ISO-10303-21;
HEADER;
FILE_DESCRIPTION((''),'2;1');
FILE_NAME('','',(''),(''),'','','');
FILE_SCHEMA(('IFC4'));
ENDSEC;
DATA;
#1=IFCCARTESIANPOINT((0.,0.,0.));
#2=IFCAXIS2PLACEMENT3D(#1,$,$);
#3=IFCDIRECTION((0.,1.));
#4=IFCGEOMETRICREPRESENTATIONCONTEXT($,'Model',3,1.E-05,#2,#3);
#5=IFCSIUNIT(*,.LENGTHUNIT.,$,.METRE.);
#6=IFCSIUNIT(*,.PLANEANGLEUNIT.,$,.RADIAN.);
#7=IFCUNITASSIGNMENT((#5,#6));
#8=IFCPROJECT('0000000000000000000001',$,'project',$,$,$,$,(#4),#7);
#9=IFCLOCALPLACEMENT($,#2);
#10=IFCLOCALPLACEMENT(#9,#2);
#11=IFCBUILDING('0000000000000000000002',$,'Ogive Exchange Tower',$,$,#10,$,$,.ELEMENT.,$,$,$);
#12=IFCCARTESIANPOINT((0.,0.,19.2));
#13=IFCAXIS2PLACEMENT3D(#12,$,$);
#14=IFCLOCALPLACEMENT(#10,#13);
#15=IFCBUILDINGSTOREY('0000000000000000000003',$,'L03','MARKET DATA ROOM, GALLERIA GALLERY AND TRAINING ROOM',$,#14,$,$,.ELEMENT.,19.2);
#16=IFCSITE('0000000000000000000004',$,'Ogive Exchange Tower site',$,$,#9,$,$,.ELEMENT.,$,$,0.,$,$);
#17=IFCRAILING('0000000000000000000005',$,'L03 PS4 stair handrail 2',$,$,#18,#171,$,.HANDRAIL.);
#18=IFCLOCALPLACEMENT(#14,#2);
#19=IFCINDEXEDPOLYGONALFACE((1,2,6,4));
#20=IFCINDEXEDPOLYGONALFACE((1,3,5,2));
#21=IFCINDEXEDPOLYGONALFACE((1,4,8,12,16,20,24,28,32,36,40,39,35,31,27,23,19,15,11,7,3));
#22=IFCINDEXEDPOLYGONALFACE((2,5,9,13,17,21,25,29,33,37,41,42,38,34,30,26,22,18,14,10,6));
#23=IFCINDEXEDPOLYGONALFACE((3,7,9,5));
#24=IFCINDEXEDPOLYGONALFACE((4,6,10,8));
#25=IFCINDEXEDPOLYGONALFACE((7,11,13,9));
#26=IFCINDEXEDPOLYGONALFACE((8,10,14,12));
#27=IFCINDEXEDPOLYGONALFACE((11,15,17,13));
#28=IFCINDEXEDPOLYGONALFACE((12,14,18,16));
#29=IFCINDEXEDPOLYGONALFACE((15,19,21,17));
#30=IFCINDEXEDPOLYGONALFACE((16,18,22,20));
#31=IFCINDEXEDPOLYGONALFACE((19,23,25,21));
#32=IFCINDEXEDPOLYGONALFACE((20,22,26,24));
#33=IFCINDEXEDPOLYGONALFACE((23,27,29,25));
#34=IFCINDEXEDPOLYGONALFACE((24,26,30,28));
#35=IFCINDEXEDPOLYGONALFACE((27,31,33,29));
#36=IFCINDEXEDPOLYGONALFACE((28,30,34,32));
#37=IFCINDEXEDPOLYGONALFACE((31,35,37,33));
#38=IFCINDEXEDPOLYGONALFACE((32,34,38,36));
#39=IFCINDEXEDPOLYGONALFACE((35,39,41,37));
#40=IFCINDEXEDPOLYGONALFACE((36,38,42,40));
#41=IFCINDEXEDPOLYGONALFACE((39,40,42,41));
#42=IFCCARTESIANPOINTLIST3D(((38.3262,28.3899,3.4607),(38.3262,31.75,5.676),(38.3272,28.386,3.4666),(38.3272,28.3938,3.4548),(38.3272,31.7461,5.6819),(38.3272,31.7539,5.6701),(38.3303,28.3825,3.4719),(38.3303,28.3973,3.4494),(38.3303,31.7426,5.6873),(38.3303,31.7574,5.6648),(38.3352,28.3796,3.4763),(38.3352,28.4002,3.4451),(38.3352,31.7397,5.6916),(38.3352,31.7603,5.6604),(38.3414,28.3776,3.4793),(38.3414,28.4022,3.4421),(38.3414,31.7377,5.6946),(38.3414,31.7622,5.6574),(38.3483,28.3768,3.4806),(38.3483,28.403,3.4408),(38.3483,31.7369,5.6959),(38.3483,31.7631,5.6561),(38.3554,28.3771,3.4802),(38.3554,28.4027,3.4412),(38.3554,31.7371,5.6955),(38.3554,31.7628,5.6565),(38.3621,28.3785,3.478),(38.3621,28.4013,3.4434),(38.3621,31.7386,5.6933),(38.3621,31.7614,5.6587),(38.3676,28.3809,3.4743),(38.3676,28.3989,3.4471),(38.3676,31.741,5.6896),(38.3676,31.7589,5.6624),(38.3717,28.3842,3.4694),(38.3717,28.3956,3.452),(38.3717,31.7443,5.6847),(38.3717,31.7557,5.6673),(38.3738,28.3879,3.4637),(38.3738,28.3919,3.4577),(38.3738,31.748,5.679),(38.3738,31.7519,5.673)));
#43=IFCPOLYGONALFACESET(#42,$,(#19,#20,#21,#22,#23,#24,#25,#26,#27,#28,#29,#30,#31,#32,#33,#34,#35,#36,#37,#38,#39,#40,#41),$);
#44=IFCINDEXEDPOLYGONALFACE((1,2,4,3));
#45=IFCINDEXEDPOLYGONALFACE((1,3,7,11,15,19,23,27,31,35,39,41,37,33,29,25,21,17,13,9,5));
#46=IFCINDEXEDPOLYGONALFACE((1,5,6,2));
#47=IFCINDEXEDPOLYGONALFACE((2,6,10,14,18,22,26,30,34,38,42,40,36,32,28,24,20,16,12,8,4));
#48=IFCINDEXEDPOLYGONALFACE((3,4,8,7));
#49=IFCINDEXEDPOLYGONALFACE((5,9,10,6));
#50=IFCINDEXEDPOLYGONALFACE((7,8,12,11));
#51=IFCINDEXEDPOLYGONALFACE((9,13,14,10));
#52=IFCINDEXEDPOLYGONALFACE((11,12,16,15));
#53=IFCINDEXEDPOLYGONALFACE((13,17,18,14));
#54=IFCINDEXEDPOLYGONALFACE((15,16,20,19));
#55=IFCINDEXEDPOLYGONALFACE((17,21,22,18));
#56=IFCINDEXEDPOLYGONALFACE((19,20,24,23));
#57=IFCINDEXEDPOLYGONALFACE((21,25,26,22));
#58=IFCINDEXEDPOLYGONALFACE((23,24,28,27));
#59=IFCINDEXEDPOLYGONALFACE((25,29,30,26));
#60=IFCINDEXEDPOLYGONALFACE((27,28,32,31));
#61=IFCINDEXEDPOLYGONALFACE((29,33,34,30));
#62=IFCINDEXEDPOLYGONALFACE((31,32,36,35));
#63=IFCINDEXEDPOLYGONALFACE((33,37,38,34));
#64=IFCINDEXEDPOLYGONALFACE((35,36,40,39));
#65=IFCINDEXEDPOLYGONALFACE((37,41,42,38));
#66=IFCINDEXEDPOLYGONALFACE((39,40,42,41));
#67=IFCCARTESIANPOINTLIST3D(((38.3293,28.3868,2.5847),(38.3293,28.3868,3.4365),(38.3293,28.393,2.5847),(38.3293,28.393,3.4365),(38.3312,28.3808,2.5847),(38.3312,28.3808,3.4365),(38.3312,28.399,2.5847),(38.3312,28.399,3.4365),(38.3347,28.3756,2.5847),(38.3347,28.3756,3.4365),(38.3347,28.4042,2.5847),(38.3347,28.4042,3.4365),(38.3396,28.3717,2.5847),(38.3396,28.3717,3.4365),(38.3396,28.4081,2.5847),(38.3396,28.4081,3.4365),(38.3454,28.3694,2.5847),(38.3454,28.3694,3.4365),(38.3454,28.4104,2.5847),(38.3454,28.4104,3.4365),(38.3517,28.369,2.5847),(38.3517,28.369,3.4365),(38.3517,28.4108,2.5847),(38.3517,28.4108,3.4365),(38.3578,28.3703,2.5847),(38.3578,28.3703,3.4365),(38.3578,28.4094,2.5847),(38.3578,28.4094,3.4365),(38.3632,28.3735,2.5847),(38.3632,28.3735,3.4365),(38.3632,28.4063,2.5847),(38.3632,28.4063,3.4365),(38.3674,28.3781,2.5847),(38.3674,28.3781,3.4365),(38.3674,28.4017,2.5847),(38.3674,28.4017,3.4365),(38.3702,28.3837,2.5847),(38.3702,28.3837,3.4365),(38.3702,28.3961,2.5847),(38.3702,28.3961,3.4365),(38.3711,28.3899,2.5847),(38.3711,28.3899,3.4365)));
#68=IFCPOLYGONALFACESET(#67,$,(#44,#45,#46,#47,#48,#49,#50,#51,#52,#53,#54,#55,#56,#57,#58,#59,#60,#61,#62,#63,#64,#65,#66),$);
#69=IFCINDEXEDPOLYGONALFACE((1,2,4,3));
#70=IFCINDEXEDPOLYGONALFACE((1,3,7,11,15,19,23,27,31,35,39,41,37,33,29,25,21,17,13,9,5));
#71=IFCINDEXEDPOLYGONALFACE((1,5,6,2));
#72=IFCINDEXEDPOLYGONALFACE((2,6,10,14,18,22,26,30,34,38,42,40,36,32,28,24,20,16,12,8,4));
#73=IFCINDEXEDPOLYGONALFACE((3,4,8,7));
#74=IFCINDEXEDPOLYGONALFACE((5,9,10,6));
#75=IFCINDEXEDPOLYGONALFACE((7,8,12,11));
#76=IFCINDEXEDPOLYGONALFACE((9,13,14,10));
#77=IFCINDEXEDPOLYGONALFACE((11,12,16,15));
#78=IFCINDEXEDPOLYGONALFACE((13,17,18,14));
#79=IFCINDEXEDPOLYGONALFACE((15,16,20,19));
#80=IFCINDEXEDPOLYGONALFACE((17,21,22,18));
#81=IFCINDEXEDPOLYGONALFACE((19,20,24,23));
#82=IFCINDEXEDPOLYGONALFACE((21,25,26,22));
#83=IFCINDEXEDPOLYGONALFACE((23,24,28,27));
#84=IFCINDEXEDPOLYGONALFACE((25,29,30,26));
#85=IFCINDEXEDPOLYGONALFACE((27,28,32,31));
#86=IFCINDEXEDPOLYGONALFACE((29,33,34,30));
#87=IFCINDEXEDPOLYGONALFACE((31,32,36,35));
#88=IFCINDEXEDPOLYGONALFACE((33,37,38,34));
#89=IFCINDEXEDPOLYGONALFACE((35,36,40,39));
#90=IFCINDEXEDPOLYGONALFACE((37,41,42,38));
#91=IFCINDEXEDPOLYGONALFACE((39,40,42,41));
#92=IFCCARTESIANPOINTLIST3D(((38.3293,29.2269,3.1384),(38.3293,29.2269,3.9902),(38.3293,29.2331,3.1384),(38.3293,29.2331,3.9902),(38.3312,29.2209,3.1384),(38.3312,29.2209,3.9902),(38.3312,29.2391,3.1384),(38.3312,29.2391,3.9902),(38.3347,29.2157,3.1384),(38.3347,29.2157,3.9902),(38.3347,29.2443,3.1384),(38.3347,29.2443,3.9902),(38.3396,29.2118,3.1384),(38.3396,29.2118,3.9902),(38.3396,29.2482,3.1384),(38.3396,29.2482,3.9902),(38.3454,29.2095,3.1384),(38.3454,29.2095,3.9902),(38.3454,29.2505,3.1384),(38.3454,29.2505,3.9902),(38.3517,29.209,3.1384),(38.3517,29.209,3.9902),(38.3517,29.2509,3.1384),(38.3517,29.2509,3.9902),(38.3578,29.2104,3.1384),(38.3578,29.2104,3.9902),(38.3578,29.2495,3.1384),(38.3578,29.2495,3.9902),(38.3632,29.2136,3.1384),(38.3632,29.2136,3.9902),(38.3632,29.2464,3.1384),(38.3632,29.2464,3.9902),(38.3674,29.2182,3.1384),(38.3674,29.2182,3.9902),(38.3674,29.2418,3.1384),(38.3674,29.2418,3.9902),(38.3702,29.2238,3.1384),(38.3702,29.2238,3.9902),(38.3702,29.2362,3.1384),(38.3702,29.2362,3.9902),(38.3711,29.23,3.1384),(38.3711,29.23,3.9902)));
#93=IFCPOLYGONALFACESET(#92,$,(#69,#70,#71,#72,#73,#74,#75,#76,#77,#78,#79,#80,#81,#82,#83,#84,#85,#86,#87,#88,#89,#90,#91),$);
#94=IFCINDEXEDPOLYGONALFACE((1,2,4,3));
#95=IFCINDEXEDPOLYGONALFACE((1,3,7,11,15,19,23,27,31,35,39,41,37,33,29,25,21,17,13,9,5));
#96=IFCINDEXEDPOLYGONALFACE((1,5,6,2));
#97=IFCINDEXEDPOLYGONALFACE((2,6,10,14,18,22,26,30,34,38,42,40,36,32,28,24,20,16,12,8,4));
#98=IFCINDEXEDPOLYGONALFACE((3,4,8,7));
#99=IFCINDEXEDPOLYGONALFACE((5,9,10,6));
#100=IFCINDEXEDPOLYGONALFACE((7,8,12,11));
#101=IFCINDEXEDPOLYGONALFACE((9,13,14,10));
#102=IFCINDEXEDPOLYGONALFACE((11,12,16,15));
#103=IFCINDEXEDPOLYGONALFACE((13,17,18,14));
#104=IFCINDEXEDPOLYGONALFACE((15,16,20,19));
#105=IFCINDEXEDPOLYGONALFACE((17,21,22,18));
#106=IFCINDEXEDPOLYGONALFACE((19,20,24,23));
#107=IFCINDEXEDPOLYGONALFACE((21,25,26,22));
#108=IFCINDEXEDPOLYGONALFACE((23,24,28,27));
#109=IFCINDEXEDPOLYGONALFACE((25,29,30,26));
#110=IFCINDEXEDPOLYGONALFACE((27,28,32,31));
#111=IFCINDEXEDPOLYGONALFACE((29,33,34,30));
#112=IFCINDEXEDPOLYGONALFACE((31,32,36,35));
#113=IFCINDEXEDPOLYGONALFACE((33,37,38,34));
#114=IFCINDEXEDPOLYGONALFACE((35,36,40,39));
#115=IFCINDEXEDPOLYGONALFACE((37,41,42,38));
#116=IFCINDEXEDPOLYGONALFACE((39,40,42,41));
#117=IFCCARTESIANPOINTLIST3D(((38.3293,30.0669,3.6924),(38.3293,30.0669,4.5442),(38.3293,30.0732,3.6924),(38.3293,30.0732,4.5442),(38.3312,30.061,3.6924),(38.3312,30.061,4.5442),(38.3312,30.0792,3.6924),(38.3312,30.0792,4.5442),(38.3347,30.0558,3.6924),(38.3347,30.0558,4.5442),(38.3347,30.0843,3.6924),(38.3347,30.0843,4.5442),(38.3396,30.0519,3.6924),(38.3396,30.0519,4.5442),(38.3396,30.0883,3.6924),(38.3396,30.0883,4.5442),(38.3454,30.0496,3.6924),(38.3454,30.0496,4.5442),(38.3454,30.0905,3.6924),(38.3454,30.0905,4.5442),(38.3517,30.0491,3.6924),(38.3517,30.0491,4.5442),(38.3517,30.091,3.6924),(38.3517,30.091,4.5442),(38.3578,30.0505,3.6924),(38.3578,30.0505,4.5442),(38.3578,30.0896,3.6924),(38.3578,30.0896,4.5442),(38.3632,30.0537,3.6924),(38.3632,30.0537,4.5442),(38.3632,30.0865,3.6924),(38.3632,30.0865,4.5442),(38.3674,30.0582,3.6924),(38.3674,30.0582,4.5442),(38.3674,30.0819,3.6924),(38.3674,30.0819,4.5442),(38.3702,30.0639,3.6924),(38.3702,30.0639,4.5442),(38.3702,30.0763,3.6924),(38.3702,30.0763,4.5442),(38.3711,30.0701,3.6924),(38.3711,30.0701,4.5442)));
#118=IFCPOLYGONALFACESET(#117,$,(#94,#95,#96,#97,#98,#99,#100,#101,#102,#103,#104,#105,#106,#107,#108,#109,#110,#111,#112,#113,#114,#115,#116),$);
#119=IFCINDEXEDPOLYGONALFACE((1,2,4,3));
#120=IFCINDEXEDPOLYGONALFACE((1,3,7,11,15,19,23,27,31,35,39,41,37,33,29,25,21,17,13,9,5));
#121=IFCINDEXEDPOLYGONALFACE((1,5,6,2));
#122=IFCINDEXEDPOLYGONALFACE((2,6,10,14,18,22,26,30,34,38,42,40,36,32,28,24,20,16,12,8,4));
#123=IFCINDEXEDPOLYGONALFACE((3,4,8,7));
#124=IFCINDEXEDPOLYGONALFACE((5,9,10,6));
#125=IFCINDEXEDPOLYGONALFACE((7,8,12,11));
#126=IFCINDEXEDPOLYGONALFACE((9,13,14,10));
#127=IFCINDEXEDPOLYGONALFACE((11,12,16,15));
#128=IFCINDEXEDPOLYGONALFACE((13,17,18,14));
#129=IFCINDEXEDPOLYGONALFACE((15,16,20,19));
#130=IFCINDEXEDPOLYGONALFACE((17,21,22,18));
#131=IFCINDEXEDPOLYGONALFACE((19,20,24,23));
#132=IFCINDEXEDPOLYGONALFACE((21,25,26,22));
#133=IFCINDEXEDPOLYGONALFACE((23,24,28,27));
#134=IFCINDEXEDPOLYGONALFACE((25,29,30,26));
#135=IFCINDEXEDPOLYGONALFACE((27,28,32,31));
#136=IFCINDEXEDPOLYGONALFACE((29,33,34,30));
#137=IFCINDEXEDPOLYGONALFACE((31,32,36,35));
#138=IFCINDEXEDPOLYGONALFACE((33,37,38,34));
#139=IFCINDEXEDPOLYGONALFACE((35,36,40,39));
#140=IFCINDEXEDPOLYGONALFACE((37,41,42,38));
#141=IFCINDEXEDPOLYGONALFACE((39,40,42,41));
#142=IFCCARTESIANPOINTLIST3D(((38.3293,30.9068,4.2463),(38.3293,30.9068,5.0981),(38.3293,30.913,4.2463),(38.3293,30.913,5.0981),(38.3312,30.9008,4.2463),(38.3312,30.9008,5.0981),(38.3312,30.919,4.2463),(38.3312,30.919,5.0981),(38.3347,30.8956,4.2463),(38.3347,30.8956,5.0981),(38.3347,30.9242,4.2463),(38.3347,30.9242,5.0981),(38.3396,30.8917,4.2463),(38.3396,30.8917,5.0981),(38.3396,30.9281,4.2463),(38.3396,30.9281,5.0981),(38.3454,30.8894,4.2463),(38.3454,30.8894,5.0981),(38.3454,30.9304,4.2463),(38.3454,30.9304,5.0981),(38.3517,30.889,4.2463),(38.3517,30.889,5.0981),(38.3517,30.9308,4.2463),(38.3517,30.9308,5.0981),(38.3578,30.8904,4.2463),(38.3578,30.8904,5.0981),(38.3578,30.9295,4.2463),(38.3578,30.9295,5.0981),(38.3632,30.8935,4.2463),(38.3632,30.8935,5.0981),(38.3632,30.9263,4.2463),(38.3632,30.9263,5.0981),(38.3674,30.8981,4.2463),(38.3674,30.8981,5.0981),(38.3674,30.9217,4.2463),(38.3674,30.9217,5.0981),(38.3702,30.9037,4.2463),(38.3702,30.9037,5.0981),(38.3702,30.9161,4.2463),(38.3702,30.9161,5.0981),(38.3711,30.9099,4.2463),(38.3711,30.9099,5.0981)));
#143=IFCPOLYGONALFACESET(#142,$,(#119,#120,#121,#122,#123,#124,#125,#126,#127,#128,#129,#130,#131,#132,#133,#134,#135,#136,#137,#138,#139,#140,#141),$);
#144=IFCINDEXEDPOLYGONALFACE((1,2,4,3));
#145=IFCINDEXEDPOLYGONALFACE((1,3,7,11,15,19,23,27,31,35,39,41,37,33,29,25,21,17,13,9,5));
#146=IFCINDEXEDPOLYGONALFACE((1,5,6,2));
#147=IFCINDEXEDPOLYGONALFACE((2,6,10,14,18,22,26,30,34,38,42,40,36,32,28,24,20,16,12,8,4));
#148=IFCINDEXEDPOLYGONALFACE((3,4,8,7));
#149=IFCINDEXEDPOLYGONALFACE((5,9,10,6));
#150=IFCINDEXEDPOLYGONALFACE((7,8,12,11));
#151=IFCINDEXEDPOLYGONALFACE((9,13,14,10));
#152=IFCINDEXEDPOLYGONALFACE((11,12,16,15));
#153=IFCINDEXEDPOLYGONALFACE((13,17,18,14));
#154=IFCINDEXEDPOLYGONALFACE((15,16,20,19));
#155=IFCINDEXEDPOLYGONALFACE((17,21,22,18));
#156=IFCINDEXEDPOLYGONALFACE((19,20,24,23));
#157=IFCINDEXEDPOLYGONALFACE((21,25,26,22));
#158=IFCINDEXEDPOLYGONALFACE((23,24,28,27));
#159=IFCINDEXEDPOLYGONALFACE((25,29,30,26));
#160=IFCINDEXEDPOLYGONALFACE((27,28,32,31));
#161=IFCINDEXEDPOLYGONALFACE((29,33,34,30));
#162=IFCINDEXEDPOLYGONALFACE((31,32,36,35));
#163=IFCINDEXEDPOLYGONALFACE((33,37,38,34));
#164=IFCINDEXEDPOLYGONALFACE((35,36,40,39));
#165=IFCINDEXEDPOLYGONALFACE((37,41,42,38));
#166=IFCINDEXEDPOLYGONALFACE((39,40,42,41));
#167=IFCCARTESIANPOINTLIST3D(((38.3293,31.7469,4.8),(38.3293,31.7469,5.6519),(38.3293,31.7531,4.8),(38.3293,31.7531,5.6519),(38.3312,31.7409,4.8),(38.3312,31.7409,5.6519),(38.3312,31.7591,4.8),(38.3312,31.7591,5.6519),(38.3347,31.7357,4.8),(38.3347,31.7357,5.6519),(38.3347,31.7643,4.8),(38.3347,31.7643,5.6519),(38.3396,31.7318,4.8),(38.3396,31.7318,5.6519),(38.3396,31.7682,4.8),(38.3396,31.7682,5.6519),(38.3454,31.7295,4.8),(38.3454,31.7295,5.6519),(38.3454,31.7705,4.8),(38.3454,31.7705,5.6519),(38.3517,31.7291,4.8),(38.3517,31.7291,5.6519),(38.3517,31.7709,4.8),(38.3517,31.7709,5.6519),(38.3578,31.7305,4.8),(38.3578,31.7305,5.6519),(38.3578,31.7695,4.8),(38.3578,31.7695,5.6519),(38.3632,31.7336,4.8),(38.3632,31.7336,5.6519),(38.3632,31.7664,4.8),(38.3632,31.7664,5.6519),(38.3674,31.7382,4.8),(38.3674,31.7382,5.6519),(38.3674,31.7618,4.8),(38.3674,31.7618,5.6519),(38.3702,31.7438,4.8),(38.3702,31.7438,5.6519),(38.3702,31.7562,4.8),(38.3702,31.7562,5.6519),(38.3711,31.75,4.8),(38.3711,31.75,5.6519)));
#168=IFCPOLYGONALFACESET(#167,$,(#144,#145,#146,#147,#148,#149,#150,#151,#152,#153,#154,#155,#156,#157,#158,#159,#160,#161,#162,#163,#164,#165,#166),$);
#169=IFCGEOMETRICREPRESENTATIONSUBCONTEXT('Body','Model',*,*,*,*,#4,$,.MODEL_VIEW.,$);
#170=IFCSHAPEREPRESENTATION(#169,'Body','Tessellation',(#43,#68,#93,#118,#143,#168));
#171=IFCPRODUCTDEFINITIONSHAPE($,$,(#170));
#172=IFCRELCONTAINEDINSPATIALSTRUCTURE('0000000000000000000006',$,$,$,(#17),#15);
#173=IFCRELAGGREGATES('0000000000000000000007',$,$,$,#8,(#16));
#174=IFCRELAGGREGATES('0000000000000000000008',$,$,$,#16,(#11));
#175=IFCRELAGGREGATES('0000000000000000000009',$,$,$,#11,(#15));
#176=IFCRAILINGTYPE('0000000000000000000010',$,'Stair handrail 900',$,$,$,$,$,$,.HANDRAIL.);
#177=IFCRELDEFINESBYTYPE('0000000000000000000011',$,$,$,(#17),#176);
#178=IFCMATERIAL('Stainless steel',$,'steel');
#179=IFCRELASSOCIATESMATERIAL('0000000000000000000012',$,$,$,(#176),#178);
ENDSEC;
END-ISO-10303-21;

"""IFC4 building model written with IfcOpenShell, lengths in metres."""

from ifc_helpers import new_model, si_unit, direction, frame, origin, origin_2d, place, context, subcontext, project, spatial, circle, extrude, material, type_object, element, save


model = new_model("IFC4")

# Units and contexts
model_context = context("Model", 3, precision=1e-05, world=origin(), true_north=direction((0.0, 1.0)))
body_context = subcontext(model_context, "Body", "Model", "MODEL_VIEW")
ifc_project = project(units=[si_unit("LENGTHUNIT", "METRE"), si_unit("PLANEANGLEUNIT", "RADIAN")], contexts=[model_context])

# Site, building, storey
site_placement = place(None, origin())
site = spatial("IfcSite", under=ifc_project, at=site_placement, Name="Ogive Exchange Tower site", CompositionType="ELEMENT", RefElevation=0.0)
building_placement = place(site_placement, origin())
building = spatial("IfcBuilding", under=site, at=building_placement, Name="Ogive Exchange Tower", CompositionType="ELEMENT")
storey_placement = place(building_placement, frame((0.0, 0.0, 19.2)))
storey = spatial("IfcBuildingStorey", under=building, at=storey_placement, Name="L03", Description="MARKET DATA ROOM, GALLERIA GALLERY AND TRAINING ROOM", CompositionType="ELEMENT", Elevation=19.2)

# Railing
ifc_material_1 = material(Name="Stainless steel", Category="steel")
railing_type = type_object("IfcRailingType", Name="Stair handrail 900", PredefinedType="HANDRAIL", material=ifc_material_1)
railing_1_placement = place(storey_placement, frame((38.3501, 28.3899, 2.5847)))
element("IfcRailing", 1, at=railing_1_placement, inside=storey, type_object=railing_type, Name="L03 PS4 stair handrail 2", PredefinedType="HANDRAIL", context=body_context, shape_type="SweptSolid", body=[
    extrude(circle(Radius=0.0239, at=origin_2d()), frame((0.0, 0.0, 0.876), z_axis=(0.0, 0.834876, 0.550437), x_axis=(-1.0, 0.0, 0.0)), (0.0, 0.0, 1.0), 4.0247),
    extrude(circle(Radius=0.021, at=origin_2d()), origin(), (0.0, 0.0, 1.0), 0.8518),
    extrude(circle(Radius=0.021, at=origin_2d()), frame((0.0, 0.8401, 0.5537)), (0.0, 0.0, 1.0), 0.8518),
    extrude(circle(Radius=0.021, at=origin_2d()), frame((0.0, 1.6802, 1.1077)), (0.0, 0.0, 1.0), 0.8518),
    extrude(circle(Radius=0.021, at=origin_2d()), frame((0.0, 2.52, 1.6616)), (0.0, 0.0, 1.0), 0.8518),
    extrude(circle(Radius=0.021, at=origin_2d()), frame((0.0, 3.3601, 2.2153)), (0.0, 0.0, 1.0), 0.8518),
])

save(model, "model.ifc")
